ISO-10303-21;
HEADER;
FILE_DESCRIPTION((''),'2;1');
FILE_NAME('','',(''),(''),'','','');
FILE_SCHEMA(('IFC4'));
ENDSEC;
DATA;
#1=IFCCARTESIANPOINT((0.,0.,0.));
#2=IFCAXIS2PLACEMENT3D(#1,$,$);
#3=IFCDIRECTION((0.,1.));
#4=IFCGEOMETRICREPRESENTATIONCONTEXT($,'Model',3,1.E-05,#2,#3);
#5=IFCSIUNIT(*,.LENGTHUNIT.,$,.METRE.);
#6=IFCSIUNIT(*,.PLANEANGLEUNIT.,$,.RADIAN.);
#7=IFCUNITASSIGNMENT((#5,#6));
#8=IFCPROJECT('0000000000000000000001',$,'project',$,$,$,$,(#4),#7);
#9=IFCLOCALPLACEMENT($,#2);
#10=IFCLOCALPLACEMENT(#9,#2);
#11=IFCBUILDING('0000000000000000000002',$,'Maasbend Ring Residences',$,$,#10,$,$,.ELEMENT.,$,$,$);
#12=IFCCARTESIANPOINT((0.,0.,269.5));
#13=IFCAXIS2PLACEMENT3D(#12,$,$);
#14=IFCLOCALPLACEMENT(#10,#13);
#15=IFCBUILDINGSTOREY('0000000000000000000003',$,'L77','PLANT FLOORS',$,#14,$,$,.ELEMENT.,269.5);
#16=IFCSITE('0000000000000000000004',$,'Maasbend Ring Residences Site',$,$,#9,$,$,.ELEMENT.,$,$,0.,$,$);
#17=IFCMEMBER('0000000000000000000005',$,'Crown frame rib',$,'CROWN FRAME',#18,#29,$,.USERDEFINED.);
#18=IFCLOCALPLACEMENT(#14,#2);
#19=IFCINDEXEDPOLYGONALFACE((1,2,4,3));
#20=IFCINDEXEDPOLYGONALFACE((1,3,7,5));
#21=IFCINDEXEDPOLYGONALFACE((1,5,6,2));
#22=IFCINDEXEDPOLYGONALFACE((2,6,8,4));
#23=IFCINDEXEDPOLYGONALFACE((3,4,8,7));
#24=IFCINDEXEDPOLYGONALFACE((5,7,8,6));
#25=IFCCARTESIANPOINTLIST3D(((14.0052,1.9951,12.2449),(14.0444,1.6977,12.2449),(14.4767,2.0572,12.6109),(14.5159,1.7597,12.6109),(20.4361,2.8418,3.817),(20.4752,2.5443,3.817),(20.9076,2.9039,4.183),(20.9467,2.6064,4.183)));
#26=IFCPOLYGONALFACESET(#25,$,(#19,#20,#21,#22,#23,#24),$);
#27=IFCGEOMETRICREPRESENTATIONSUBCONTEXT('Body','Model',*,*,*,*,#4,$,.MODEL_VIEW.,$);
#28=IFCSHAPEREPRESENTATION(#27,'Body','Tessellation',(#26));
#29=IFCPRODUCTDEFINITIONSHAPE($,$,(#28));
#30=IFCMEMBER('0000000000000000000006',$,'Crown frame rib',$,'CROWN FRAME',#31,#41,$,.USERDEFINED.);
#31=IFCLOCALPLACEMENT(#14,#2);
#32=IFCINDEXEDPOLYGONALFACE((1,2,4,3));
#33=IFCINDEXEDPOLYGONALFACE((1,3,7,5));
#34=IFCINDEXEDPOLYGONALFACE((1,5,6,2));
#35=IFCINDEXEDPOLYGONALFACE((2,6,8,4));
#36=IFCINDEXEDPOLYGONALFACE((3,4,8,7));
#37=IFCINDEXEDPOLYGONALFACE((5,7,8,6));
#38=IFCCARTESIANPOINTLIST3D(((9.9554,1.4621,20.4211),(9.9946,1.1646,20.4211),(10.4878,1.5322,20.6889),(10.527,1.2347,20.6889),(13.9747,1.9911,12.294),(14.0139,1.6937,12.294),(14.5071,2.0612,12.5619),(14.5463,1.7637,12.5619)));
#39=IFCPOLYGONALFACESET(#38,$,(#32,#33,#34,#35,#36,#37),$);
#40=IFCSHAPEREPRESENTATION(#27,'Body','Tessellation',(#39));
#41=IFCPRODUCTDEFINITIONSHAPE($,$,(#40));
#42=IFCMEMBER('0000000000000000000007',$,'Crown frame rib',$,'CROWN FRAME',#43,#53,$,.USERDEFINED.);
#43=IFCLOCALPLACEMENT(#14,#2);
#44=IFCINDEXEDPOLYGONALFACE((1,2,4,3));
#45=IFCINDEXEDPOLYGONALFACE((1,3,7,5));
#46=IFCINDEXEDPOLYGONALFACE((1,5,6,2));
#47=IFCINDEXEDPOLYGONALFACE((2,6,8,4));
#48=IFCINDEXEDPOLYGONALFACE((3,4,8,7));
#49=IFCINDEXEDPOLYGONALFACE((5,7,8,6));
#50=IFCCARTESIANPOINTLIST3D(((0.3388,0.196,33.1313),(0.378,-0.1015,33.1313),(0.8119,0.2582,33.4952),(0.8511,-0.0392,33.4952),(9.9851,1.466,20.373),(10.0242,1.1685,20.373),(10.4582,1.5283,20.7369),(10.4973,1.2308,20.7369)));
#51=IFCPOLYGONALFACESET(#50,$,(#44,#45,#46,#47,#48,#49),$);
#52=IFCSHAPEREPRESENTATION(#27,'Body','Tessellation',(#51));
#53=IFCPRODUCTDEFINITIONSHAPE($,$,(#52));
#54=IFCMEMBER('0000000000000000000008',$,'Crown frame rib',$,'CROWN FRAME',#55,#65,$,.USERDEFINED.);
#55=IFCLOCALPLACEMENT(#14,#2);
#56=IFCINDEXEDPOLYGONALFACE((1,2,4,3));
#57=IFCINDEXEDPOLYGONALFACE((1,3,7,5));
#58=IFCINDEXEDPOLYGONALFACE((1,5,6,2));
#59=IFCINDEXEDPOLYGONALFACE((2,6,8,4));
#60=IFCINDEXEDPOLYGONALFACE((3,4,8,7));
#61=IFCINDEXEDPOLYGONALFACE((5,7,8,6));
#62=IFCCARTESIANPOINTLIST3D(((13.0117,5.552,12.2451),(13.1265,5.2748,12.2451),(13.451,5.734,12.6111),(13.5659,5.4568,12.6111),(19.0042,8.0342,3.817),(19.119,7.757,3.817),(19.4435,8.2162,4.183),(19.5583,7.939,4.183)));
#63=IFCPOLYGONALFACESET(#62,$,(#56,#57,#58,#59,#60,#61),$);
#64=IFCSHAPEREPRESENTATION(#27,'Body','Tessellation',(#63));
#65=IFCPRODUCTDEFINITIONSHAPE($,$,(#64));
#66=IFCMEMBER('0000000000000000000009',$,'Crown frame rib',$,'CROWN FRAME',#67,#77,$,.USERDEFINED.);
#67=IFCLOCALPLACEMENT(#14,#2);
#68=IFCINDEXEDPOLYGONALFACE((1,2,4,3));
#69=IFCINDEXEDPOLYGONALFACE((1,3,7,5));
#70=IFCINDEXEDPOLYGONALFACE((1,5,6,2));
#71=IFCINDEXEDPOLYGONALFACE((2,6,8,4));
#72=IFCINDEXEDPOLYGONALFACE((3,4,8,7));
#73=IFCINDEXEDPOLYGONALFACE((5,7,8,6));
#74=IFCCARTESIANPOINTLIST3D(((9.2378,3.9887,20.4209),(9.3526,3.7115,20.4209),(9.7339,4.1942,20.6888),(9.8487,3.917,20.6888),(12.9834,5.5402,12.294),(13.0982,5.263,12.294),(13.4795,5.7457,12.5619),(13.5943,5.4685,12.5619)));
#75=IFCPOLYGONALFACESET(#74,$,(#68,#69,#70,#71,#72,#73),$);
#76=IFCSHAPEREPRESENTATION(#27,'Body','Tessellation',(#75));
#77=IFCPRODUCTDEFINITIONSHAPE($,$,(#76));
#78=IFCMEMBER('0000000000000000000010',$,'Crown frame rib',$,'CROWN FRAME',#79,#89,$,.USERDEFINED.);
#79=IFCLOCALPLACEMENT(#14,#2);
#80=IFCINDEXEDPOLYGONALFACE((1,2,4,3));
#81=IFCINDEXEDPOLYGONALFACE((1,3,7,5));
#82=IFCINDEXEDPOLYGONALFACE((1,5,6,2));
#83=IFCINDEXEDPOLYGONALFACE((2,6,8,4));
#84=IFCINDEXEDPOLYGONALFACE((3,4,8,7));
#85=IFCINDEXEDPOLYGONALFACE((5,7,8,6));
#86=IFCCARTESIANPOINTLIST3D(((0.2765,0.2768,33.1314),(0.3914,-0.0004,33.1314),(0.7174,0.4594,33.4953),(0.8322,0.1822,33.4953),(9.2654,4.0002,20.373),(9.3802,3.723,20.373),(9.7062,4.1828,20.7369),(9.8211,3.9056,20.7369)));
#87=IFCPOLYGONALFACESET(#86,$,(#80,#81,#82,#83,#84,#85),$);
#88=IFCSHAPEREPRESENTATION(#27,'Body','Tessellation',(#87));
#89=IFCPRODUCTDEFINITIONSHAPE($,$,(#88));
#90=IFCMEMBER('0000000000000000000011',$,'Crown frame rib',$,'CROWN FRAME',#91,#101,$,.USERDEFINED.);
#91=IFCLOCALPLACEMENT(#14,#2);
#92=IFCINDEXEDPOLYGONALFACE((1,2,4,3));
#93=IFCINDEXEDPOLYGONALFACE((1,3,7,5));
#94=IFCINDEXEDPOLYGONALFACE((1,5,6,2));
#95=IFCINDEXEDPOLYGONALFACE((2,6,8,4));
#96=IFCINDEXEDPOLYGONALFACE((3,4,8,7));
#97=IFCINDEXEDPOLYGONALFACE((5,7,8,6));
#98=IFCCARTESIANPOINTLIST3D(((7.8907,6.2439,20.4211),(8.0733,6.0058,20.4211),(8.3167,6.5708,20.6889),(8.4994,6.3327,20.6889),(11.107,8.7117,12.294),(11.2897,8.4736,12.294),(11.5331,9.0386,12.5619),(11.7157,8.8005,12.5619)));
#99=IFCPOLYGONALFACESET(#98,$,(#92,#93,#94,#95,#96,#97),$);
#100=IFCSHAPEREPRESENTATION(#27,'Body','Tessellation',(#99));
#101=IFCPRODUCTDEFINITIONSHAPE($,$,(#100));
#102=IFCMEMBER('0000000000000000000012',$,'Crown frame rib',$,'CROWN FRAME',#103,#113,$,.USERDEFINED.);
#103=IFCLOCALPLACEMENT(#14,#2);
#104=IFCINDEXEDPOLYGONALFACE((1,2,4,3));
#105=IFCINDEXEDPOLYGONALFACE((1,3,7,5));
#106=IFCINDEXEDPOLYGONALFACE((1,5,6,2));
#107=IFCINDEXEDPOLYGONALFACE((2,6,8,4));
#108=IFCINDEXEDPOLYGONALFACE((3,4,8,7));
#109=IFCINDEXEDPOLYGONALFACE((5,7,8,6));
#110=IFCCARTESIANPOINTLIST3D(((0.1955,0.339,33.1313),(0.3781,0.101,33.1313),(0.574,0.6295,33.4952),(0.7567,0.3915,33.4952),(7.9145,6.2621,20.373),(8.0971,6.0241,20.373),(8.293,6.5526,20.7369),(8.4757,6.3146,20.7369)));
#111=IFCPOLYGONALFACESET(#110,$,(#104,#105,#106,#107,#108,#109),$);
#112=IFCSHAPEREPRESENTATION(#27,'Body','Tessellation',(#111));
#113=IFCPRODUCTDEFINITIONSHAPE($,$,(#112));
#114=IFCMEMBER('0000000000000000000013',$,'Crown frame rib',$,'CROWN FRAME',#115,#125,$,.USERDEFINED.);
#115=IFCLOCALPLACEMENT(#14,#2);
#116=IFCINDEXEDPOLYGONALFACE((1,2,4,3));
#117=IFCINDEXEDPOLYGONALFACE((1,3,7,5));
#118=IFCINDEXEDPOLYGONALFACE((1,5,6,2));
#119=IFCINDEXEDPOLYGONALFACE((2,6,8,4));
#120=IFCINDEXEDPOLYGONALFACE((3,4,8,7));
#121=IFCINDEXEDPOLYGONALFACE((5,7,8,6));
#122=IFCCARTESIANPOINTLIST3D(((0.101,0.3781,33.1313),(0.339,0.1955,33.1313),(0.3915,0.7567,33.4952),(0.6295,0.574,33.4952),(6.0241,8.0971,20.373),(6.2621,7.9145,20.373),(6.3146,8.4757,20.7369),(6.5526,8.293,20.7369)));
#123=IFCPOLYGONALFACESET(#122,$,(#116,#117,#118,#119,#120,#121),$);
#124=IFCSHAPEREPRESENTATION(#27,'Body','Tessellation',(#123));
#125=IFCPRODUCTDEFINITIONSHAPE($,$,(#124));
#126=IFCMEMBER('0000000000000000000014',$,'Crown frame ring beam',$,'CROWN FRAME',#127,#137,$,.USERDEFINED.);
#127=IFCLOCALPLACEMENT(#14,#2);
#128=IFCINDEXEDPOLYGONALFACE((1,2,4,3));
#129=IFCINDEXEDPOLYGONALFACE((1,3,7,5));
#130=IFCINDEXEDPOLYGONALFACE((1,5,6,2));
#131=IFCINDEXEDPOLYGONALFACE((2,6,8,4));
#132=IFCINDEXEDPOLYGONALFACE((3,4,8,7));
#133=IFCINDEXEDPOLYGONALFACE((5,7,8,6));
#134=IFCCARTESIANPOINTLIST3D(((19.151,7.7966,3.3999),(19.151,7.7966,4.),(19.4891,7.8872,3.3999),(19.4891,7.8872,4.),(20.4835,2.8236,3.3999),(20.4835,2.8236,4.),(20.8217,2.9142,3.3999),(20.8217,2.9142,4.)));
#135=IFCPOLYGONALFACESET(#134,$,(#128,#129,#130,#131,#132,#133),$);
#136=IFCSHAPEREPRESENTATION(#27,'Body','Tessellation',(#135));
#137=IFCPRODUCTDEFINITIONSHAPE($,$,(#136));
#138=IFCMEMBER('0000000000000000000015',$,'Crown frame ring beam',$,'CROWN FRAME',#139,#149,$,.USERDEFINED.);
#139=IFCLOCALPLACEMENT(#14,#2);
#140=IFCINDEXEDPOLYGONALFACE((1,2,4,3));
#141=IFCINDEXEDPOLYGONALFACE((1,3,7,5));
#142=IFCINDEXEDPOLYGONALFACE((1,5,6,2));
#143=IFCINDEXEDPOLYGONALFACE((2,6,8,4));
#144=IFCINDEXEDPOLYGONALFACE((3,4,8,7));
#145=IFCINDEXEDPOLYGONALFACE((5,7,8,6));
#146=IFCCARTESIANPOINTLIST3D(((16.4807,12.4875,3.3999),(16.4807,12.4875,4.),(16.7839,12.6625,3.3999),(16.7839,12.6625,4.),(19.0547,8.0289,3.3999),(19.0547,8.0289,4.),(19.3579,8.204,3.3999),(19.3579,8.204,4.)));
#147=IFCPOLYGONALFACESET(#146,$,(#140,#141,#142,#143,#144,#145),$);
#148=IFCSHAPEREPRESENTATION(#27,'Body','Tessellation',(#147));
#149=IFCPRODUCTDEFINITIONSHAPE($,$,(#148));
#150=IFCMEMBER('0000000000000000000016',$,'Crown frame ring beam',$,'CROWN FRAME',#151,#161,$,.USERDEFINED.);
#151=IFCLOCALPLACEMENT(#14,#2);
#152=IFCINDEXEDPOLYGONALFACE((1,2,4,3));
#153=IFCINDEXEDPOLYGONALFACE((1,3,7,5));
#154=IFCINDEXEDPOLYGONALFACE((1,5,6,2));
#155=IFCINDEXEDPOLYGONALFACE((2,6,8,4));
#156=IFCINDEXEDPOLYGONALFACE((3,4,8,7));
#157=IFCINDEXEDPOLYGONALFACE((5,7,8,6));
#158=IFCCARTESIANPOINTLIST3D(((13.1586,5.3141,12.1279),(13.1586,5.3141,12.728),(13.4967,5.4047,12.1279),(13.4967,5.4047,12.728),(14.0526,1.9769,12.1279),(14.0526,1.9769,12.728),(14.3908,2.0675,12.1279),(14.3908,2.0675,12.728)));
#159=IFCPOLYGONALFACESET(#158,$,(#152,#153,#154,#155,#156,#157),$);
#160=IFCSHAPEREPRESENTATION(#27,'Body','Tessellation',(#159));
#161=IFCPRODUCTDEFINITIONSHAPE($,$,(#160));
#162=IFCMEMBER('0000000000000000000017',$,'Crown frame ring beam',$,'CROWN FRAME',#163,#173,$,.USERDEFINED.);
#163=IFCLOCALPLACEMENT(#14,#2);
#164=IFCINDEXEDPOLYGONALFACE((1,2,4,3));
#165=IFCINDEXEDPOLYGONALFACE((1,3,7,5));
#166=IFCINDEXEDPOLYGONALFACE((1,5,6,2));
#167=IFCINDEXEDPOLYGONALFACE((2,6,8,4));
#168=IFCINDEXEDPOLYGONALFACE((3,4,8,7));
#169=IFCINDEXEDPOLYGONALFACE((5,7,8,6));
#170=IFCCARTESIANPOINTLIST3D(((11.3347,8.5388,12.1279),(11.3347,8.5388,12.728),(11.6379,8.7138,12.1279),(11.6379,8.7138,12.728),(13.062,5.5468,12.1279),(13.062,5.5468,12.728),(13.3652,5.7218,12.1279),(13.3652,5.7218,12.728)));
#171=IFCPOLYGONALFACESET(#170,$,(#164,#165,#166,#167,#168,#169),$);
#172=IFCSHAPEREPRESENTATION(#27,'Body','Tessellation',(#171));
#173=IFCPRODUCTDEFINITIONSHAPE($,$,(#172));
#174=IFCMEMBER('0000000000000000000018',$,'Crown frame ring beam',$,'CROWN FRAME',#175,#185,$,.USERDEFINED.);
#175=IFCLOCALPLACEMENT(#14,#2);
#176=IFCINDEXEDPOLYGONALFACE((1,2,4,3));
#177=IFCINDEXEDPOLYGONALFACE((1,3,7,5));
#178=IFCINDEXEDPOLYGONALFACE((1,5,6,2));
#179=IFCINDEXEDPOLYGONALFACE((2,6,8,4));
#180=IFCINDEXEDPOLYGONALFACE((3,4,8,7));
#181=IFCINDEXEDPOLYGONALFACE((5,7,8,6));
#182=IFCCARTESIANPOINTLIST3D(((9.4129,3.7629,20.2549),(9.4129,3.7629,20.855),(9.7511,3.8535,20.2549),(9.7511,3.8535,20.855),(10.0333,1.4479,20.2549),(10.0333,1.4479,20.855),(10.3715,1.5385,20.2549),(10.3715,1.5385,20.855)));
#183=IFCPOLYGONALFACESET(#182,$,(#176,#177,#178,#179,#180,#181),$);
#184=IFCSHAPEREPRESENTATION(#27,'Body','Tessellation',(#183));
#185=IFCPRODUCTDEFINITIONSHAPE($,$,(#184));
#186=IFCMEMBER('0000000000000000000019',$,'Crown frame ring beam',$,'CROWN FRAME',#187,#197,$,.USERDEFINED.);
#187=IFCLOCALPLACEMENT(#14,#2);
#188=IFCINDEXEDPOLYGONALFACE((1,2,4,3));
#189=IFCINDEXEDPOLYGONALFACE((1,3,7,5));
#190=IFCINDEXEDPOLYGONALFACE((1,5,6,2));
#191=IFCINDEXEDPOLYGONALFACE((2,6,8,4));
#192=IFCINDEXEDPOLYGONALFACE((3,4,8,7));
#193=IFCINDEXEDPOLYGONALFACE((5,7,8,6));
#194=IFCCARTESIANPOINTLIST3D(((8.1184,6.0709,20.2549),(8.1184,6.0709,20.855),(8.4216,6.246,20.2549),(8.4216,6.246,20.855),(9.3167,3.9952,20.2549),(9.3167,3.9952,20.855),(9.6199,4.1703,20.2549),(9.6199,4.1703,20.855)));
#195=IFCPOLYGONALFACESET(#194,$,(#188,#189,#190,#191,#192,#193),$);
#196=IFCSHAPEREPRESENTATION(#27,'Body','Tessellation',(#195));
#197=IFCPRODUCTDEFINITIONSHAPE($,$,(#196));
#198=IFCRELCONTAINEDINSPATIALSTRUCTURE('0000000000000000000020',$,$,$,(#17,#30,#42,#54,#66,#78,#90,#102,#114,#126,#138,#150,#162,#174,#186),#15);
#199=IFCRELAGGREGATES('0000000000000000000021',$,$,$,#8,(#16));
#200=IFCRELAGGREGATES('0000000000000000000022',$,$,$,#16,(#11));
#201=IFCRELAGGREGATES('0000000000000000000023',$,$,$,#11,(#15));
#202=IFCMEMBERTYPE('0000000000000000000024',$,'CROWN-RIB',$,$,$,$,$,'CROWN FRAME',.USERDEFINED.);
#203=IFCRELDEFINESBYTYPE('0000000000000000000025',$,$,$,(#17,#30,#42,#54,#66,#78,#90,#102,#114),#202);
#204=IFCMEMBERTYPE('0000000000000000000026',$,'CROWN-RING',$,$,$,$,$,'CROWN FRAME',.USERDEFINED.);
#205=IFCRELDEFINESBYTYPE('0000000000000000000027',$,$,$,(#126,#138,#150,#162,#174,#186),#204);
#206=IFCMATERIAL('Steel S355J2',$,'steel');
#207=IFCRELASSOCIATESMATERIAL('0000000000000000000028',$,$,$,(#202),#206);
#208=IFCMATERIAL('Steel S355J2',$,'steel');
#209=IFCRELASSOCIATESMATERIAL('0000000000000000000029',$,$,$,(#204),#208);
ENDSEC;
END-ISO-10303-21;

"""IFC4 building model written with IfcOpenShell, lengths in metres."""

from ifc_helpers import new_model, si_unit, direction, frame, origin, origin_2d, place, context, subcontext, project, spatial, rectangle, extrude, material, material_profile, profile_set, type_object, element, save


model = new_model("IFC4")

# Units and contexts
model_context = context("Model", 3, precision=1e-05, world=origin(), true_north=direction((0.0, 1.0)))
body_context = subcontext(model_context, "Body", "Model", "MODEL_VIEW")
ifc_project = project(units=[si_unit("LENGTHUNIT", "METRE"), si_unit("PLANEANGLEUNIT", "RADIAN")], contexts=[model_context])

# Site, building, storey
site_placement = place(None, origin())
site = spatial("IfcSite", under=ifc_project, at=site_placement, Name="Maasbend Ring Residences Site", CompositionType="ELEMENT", RefElevation=0.0)
building_placement = place(site_placement, origin())
building = spatial("IfcBuilding", under=site, at=building_placement, Name="Maasbend Ring Residences", CompositionType="ELEMENT")
storey_placement = place(building_placement, frame((0.0, 0.0, 269.5)))
storey = spatial("IfcBuildingStorey", under=building, at=storey_placement, Name="L77", Description="PLANT FLOORS", CompositionType="ELEMENT", Elevation=269.5)

# Members
ifc_material_1 = material(Name="Steel S355J2", Category="steel")
ifc_material_profile_1 = material_profile(ifc_material_1, rectangle(XDim=0.3, YDim=0.6001, at=origin_2d()), Name="Box 300x600x12")
ifc_profile_set_1 = profile_set([ifc_material_profile_1], Name="Steel S355J2")
member_type_1 = type_object("IfcMemberType", Name="CROWN-RIB", ElementType="CROWN FRAME", PredefinedType="USERDEFINED", material=ifc_profile_set_1)
member_1_placement = place(storey_placement, frame((20.6914, 2.7241, 4.0), z_axis=(-0.60469, -0.079612, 0.792472), x_axis=(0.130531, -0.991444, 0.0)))
element("IfcMember", 1, at=member_1_placement, inside=storey, type_object=member_type_1, Name="Crown frame rib", ObjectType="CROWN FRAME", PredefinedType="USERDEFINED", context=body_context, shape_type="SweptSolid", body=[
    extrude(rectangle(XDim=0.3, YDim=0.6001, at=origin_2d()), origin(), (0.0, 0.0, 1.0), 10.635),
])
member_2_placement = place(storey_placement, frame((14.2605, 1.8774, 12.428), z_axis=(-0.442557, -0.058253, 0.894846), x_axis=(0.130503, -0.991448, 0.0)))
element("IfcMember", 2, at=member_2_placement, inside=storey, type_object=member_type_1, Name="Crown frame rib", ObjectType="CROWN FRAME", PredefinedType="USERDEFINED", context=body_context, shape_type="SweptSolid", body=[
    extrude(rectangle(XDim=0.3, YDim=0.6001, at=origin_2d()), origin(), (0.0, 0.0, 1.0), 9.082),
])
member_3_placement = place(storey_placement, frame((10.2412, 1.3484, 20.5549), z_axis=(-0.601205, -0.079154, 0.795165), x_axis=(0.130533, -0.991444, 0.0)))
element("IfcMember", 3, at=member_3_placement, inside=storey, type_object=member_type_1, Name="Crown frame rib", ObjectType="CROWN FRAME", PredefinedType="USERDEFINED", context=body_context, shape_type="SweptSolid", body=[
    extrude(rectangle(XDim=0.3, YDim=0.6001, at=origin_2d()), origin(), (0.0, 0.0, 1.0), 16.0449),
])
member_4_placement = place(storey_placement, frame((19.2812, 7.9866, 4.0), z_axis=(-0.563468, -0.233399, 0.792483), x_axis=(0.382688, -0.923878, 0.0)))
element("IfcMember", 4, at=member_4_placement, inside=storey, type_object=member_type_1, Name="Crown frame rib", ObjectType="CROWN FRAME", PredefinedType="USERDEFINED", context=body_context, shape_type="SweptSolid", body=[
    extrude(rectangle(XDim=0.3, YDim=0.6001, at=origin_2d()), origin(), (0.0, 0.0, 1.0), 10.635),
])
member_5_placement = place(storey_placement, frame((13.2888, 5.5044, 12.428), z_axis=(-0.412417, -0.170832, 0.894834), x_axis=(0.38269, -0.923877, 0.0)))
element("IfcMember", 5, at=member_5_placement, inside=storey, type_object=member_type_1, Name="Crown frame rib", ObjectType="CROWN FRAME", PredefinedType="USERDEFINED", context=body_context, shape_type="SweptSolid", body=[
    extrude(rectangle(XDim=0.3, YDim=0.6001, at=origin_2d()), origin(), (0.0, 0.0, 1.0), 9.082),
])
member_6_placement = place(storey_placement, frame((9.5432, 3.9529, 20.5549), z_axis=(-0.560229, -0.232062, 0.795167), x_axis=(0.382694, -0.923875, 0.0)))
element("IfcMember", 6, at=member_6_placement, inside=storey, type_object=member_type_1, Name="Crown frame rib", ObjectType="CROWN FRAME", PredefinedType="USERDEFINED", context=body_context, shape_type="SweptSolid", body=[
    extrude(rectangle(XDim=0.3, YDim=0.6001, at=origin_2d()), origin(), (0.0, 0.0, 1.0), 16.0449),
])
member_7_placement = place(storey_placement, frame((11.4114, 8.7561, 12.428), z_axis=(-0.354143, -0.271723, 0.894846), x_axis=(0.608732, -0.793376, 0.0)))
element("IfcMember", 7, at=member_7_placement, inside=storey, type_object=member_type_1, Name="Crown frame rib", ObjectType="CROWN FRAME", PredefinedType="USERDEFINED", context=body_context, shape_type="SweptSolid", body=[
    extrude(rectangle(XDim=0.3, YDim=0.6001, at=origin_2d()), origin(), (0.0, 0.0, 1.0), 9.082),
])
for number, where, z_axis, x_axis, name in (
    (8, (8.1951, 6.2883, 20.5549), (-0.481086, -0.369157, 0.79516), (0.608768, -0.793348, 0.0), "Crown frame rib"),
    (9, (6.2883, 8.1951, 20.5549), (-0.369157, -0.481086, 0.79516), (0.793348, -0.608768, 0.0), "Crown frame rib"),
):
    element("IfcMember", number, at=place(storey_placement, frame(where, z_axis=z_axis, x_axis=x_axis)), inside=storey, type_object=member_type_1, Name=name, ObjectType="CROWN FRAME", PredefinedType="USERDEFINED", context=body_context, shape_type="SweptSolid", body=[
        extrude(rectangle(XDim=0.3, YDim=0.6001, at=origin_2d()), origin(), (0.0, 0.0, 1.0), 16.0449),
    ])
ifc_material_2 = material(Name="Steel S355J2", Category="steel")
ifc_material_profile_2 = material_profile(ifc_material_2, rectangle(XDim=0.3501, YDim=0.6001, at=origin_2d()), Name="Box 350x600x16")
ifc_profile_set_2 = profile_set([ifc_material_profile_2], Name="Steel S355J2")
member_type_2 = type_object("IfcMemberType", Name="CROWN-RING", ElementType="CROWN FRAME", PredefinedType="USERDEFINED", material=ifc_profile_set_2)
member_8_placement = place(storey_placement, frame((20.6526, 2.8689, 3.7), z_axis=(-0.258825, 0.965924, 0.0), x_axis=(-0.965924, -0.258825, 0.0)))
element("IfcMember", 10, at=member_8_placement, inside=storey, type_object=member_type_2, Name="Crown frame ring beam", ObjectType="CROWN FRAME", PredefinedType="USERDEFINED", context=body_context, shape_type="SweptSolid", body=[
    extrude(rectangle(XDim=0.3501, YDim=0.6001, at=origin_2d()), origin(), (0.0, 0.0, 1.0), 5.1484),
])
member_9_placement = place(storey_placement, frame((19.2063, 8.1165, 3.7), z_axis=(-0.49998, 0.866037, 0.0), x_axis=(-0.866037, -0.49998, 0.0)))
element("IfcMember", 11, at=member_9_placement, inside=storey, type_object=member_type_2, Name="Crown frame ring beam", ObjectType="CROWN FRAME", PredefinedType="USERDEFINED", context=body_context, shape_type="SweptSolid", body=[
    extrude(rectangle(XDim=0.3501, YDim=0.6001, at=origin_2d()), origin(), (0.0, 0.0, 1.0), 5.1482),
])
for number, where, z_axis, x_axis, name in (
    (12, (14.2217, 2.0222, 12.428), (-0.25878, 0.965936, 0.0), (-0.965936, -0.25878, 0.0), "Crown frame ring beam"),
    (13, (13.2136, 5.6343, 12.428), (-0.499977, 0.866038, 0.0), (-0.866038, -0.499977, 0.0), "Crown frame ring beam"),
):
    element("IfcMember", number, at=place(storey_placement, frame(where, z_axis=z_axis, x_axis=x_axis)), inside=storey, type_object=member_type_2, Name=name, ObjectType="CROWN FRAME", PredefinedType="USERDEFINED", context=body_context, shape_type="SweptSolid", body=[
        extrude(rectangle(XDim=0.3501, YDim=0.6001, at=origin_2d()), origin(), (0.0, 0.0, 1.0), 3.4548),
    ])
for number, where, z_axis, x_axis, name in (
    (14, (10.2024, 1.4932, 20.5549), (-0.258848, 0.965918, 0.0), (-0.965918, -0.258848, 0.0), "Crown frame ring beam"),
    (15, (9.4683, 4.0828, 20.5549), (-0.499952, 0.866053, 0.0), (-0.866053, -0.499952, 0.0), "Crown frame ring beam"),
):
    element("IfcMember", number, at=place(storey_placement, frame(where, z_axis=z_axis, x_axis=x_axis)), inside=storey, type_object=member_type_2, Name=name, ObjectType="CROWN FRAME", PredefinedType="USERDEFINED", context=body_context, shape_type="SweptSolid", body=[
        extrude(rectangle(XDim=0.3501, YDim=0.6001, at=origin_2d()), origin(), (0.0, 0.0, 1.0), 2.3967),
    ])

save(model, "model.ifc")
